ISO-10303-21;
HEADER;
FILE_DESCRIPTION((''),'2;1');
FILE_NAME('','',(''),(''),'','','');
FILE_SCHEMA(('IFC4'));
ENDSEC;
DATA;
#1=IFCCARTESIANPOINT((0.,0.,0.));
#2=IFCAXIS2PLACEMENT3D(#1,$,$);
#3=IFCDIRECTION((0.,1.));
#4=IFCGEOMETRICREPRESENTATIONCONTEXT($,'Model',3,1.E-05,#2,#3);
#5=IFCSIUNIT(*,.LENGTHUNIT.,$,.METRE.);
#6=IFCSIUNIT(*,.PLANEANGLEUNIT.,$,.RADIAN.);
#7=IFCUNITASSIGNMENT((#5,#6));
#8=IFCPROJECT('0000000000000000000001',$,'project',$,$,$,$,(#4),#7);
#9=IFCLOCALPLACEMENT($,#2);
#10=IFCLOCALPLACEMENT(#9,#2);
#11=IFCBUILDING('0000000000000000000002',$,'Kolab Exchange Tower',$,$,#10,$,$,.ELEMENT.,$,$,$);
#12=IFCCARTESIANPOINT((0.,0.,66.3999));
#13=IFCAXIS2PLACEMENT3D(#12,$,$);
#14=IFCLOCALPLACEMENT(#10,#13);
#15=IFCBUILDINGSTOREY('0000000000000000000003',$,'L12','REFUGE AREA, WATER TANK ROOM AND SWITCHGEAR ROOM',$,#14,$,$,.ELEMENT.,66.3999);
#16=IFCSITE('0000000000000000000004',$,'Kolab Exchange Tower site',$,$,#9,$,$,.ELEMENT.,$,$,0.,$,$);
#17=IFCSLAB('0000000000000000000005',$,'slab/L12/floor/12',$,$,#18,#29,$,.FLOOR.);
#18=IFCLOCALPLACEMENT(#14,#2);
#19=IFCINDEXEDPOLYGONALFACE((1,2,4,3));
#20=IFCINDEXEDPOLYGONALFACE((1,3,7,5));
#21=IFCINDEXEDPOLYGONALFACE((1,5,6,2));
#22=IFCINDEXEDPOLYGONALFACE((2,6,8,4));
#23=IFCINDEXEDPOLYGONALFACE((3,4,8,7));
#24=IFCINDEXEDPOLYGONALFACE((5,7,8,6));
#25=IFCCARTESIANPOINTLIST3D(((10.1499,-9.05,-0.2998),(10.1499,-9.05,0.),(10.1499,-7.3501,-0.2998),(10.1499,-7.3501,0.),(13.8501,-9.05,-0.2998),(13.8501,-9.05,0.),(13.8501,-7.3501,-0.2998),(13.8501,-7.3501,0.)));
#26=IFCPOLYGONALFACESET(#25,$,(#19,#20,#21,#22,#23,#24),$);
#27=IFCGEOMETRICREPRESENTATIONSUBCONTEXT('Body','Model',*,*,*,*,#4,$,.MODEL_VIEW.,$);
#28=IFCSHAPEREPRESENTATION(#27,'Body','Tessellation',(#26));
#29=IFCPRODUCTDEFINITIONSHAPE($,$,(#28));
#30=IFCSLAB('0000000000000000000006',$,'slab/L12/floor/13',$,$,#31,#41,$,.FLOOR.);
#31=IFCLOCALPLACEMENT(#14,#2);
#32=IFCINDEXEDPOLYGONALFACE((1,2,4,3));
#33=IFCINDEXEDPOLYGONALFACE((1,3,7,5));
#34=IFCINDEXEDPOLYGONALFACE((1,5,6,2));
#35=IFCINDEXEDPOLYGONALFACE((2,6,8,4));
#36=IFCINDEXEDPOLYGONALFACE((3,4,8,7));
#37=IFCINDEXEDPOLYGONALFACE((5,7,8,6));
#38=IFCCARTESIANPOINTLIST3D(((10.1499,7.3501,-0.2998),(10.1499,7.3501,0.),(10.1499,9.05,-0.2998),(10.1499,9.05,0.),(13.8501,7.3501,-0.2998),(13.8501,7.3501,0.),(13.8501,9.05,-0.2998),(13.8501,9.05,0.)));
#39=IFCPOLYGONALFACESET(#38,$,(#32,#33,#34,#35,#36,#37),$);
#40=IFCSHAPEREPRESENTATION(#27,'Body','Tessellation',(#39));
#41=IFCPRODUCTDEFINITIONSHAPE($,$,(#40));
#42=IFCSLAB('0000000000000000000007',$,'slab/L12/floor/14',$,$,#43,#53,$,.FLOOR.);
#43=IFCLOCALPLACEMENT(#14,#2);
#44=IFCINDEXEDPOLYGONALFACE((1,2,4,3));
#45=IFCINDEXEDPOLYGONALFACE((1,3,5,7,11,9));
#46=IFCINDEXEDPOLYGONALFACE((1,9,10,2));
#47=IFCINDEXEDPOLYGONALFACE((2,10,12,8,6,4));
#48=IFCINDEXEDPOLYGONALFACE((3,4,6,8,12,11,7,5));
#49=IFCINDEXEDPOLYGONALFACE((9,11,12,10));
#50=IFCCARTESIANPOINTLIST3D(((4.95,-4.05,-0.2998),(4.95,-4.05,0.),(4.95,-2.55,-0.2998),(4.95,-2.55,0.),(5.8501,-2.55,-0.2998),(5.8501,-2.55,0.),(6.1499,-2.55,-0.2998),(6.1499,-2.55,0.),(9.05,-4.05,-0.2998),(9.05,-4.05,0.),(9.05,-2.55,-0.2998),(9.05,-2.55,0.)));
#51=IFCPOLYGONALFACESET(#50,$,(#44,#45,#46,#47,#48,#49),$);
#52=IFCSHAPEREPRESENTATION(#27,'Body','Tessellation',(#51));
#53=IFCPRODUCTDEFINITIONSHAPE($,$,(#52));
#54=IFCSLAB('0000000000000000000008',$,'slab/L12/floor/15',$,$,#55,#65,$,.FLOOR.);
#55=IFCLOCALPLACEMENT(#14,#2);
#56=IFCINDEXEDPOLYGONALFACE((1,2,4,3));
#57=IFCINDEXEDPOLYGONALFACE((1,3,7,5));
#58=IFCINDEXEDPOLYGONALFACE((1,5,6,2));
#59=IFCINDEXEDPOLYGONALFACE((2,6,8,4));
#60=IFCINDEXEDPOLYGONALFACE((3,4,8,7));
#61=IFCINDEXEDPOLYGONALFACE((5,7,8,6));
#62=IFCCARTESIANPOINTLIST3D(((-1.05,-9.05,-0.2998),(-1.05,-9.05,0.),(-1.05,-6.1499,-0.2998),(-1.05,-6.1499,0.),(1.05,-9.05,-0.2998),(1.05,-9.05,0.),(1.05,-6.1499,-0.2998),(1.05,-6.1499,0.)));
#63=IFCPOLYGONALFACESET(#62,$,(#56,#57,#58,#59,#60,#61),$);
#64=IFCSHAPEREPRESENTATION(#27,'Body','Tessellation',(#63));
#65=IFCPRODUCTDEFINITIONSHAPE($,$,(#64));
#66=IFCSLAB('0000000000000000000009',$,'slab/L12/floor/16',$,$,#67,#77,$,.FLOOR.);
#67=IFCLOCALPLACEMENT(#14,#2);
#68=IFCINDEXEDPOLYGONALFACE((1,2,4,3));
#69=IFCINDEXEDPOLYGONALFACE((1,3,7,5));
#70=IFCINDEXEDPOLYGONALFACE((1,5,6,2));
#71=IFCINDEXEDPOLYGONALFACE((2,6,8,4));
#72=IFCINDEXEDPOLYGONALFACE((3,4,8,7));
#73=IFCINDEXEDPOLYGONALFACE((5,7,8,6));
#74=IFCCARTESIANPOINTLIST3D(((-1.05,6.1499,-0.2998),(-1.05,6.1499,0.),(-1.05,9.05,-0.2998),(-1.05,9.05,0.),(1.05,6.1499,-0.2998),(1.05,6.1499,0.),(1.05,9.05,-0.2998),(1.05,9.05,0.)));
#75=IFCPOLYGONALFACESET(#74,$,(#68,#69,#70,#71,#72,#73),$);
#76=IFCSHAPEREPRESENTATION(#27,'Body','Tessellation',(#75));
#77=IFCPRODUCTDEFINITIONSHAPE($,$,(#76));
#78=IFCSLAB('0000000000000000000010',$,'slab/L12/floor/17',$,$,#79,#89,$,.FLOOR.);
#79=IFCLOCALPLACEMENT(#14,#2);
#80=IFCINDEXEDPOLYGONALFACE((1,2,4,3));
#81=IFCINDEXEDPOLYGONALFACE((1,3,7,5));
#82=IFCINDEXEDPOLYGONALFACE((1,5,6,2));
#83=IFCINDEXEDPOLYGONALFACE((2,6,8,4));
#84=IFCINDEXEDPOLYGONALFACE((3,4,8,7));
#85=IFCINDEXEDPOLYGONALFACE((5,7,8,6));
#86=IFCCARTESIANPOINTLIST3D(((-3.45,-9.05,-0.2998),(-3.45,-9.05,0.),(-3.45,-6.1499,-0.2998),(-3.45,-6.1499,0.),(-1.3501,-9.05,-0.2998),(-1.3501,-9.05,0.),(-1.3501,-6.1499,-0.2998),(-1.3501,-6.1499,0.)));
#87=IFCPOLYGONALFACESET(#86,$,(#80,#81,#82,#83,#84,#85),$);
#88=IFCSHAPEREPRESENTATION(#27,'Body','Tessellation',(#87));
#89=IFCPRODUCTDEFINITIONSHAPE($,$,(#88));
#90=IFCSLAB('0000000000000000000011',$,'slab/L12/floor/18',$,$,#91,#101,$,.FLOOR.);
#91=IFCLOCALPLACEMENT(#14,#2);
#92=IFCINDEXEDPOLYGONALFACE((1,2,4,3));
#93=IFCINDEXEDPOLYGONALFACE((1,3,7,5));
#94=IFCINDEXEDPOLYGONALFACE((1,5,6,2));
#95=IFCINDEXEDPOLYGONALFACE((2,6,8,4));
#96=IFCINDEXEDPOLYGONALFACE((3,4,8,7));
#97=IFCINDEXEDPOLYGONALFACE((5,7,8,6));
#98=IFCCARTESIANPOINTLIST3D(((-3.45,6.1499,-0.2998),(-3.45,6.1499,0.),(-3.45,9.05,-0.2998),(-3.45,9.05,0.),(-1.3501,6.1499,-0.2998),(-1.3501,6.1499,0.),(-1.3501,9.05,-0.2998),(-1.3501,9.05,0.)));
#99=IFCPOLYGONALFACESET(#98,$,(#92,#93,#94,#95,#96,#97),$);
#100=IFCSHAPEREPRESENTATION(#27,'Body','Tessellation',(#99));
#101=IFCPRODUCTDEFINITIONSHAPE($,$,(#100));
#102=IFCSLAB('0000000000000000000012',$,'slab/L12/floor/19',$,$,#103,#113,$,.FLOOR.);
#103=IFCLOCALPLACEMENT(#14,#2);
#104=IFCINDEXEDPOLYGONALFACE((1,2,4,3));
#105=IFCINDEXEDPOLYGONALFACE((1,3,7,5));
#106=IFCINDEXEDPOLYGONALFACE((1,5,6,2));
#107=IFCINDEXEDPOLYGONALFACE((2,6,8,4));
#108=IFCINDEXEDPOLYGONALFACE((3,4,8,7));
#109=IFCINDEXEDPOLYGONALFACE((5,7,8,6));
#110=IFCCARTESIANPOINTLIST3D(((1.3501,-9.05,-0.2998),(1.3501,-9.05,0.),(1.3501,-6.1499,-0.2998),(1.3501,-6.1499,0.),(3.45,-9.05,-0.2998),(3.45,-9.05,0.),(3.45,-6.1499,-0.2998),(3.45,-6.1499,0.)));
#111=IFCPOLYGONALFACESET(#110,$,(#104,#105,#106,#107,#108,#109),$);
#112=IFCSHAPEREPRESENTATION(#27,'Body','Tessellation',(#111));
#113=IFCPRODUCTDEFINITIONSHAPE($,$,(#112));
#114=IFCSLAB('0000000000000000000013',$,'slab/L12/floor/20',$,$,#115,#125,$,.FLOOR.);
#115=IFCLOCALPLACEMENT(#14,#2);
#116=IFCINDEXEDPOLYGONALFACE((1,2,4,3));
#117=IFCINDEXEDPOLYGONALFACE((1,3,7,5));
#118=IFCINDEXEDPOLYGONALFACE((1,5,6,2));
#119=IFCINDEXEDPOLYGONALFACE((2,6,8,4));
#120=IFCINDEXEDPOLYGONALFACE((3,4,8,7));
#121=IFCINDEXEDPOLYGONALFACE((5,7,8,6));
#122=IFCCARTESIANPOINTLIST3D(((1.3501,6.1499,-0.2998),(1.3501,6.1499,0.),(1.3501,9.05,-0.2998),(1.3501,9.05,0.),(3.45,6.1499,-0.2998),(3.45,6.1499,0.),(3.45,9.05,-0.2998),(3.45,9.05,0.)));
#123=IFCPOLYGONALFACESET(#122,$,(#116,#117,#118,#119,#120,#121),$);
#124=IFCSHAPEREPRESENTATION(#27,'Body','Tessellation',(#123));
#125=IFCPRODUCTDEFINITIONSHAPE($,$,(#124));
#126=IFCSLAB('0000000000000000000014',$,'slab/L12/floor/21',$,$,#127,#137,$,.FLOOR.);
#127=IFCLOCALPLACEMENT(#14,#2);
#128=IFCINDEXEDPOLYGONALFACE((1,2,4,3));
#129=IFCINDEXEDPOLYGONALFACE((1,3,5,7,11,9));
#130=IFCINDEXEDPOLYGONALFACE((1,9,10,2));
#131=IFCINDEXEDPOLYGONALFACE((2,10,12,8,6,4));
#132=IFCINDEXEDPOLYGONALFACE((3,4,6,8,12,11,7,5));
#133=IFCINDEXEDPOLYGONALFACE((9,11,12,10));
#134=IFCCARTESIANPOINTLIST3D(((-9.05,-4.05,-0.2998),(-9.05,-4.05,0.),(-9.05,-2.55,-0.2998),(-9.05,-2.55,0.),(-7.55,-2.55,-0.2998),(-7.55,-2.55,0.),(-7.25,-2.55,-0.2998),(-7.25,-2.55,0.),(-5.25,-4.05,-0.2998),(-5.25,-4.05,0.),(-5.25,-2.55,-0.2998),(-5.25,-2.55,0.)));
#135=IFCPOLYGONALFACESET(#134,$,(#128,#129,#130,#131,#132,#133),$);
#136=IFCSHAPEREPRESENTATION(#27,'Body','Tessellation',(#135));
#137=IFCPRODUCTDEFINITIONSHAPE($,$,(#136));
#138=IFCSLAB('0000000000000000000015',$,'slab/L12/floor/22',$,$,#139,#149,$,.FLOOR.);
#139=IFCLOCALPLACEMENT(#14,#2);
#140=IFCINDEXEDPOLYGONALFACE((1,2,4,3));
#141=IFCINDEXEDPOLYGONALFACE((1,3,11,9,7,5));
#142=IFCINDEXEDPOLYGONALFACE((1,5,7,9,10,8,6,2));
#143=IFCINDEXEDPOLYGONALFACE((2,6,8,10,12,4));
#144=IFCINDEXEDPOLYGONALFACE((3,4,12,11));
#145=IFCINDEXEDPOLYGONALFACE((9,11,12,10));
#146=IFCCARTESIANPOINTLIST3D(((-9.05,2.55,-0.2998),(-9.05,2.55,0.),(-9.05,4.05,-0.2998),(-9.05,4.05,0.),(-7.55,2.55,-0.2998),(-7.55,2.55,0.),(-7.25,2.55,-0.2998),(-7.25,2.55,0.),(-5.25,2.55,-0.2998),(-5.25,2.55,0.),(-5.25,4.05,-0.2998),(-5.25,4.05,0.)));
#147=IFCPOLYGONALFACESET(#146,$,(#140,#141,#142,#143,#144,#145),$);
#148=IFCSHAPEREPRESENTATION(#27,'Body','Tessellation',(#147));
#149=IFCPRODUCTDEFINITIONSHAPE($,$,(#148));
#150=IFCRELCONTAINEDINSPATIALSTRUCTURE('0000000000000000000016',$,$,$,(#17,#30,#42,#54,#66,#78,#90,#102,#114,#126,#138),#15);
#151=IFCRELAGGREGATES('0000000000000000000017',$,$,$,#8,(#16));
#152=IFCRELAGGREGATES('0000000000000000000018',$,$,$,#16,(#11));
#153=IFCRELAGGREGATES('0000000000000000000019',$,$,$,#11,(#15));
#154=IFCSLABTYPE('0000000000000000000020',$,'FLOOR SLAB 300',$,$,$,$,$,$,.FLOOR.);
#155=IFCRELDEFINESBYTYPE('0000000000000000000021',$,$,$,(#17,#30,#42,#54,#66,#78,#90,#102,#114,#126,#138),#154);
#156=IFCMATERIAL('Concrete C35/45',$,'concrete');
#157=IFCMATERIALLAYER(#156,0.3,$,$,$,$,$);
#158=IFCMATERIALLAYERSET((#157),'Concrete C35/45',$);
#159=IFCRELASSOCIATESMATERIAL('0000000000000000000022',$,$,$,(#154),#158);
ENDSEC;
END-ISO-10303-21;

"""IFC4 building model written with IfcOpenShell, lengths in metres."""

from ifc_helpers import new_model, si_unit, direction, frame, origin, place, context, subcontext, project, spatial, polyline, outline, extrude, material, layer, layer_set, type_object, element, save


model = new_model("IFC4")

# Units and contexts
model_context = context("Model", 3, precision=1e-05, world=origin(), true_north=direction((0.0, 1.0)))
body_context = subcontext(model_context, "Body", "Model", "MODEL_VIEW")
ifc_project = project(units=[si_unit("LENGTHUNIT", "METRE"), si_unit("PLANEANGLEUNIT", "RADIAN")], contexts=[model_context])

# Site, building, storey
site_placement = place(None, origin())
site = spatial("IfcSite", under=ifc_project, at=site_placement, Name="Kolab Exchange Tower site", CompositionType="ELEMENT", RefElevation=0.0)
building_placement = place(site_placement, origin())
building = spatial("IfcBuilding", under=site, at=building_placement, Name="Kolab Exchange Tower", CompositionType="ELEMENT")
storey_placement = place(building_placement, frame((0.0, 0.0, 66.3999)))
storey = spatial("IfcBuildingStorey", under=building, at=storey_placement, Name="L12", Description="REFUGE AREA, WATER TANK ROOM AND SWITCHGEAR ROOM", CompositionType="ELEMENT", Elevation=66.3999)

# Slabs
ifc_material_1 = material(Name="Concrete C35/45", Category="concrete")
ifc_layer_1 = layer(ifc_material_1, 0.3)
ifc_layer_set_1 = layer_set([ifc_layer_1], Name="Concrete C35/45")
slab_type_1 = type_object("IfcSlabType", Name="FLOOR SLAB 300", PredefinedType="FLOOR", material=ifc_layer_set_1)
slab_1_placement = place(storey_placement, frame((0.0, 0.0, -0.2998)))
element("IfcSlab", 1, at=slab_1_placement, inside=storey, type_object=slab_type_1, Name="slab/L12/floor/12", PredefinedType="FLOOR", context=body_context, shape_type="SweptSolid", body=[
    extrude(outline(polyline([(10.1499, -7.3501), (10.1499, -9.05), (13.8501, -9.05), (13.8501, -7.3501), (10.1499, -7.3501)])), origin(), (0.0, 0.0, 1.0), 0.2998),
])
slab_2_placement = place(storey_placement, frame((0.0, 0.0, -0.2998)))
element("IfcSlab", 2, at=slab_2_placement, inside=storey, type_object=slab_type_1, Name="slab/L12/floor/13", PredefinedType="FLOOR", context=body_context, shape_type="SweptSolid", body=[
    extrude(outline(polyline([(10.1499, 7.3501), (13.8501, 7.3501), (13.8501, 9.05), (10.1499, 9.05), (10.1499, 7.3501)])), origin(), (0.0, 0.0, 1.0), 0.2998),
])
slab_3_placement = place(storey_placement, frame((0.0, 0.0, -0.2998)))
element("IfcSlab", 3, at=slab_3_placement, inside=storey, type_object=slab_type_1, Name="slab/L12/floor/14", PredefinedType="FLOOR", context=body_context, shape_type="SweptSolid", body=[
    extrude(outline(polyline([(9.05, -4.05), (9.05, -2.55), (6.1499, -2.55), (5.8501, -2.55), (4.95, -2.55), (4.95, -4.05), (9.05, -4.05)])), origin(), (0.0, 0.0, 1.0), 0.2998),
])
slab_4_placement = place(storey_placement, frame((0.0, 0.0, -0.2998)))
element("IfcSlab", 4, at=slab_4_placement, inside=storey, type_object=slab_type_1, Name="slab/L12/floor/15", PredefinedType="FLOOR", context=body_context, shape_type="SweptSolid", body=[
    extrude(outline(polyline([(1.05, -6.1499), (-1.05, -6.1499), (-1.05, -9.05), (1.05, -9.05), (1.05, -6.1499)])), origin(), (0.0, 0.0, 1.0), 0.2998),
])
slab_5_placement = place(storey_placement, frame((0.0, 0.0, -0.2998)))
element("IfcSlab", 5, at=slab_5_placement, inside=storey, type_object=slab_type_1, Name="slab/L12/floor/16", PredefinedType="FLOOR", context=body_context, shape_type="SweptSolid", body=[
    extrude(outline(polyline([(-1.05, 9.05), (-1.05, 6.1499), (1.05, 6.1499), (1.05, 9.05), (-1.05, 9.05)])), origin(), (0.0, 0.0, 1.0), 0.2998),
])
slab_6_placement = place(storey_placement, frame((0.0, 0.0, -0.2998)))
element("IfcSlab", 6, at=slab_6_placement, inside=storey, type_object=slab_type_1, Name="slab/L12/floor/17", PredefinedType="FLOOR", context=body_context, shape_type="SweptSolid", body=[
    extrude(outline(polyline([(-1.3501, -6.1499), (-3.45, -6.1499), (-3.45, -9.05), (-1.3501, -9.05), (-1.3501, -6.1499)])), origin(), (0.0, 0.0, 1.0), 0.2998),
])
slab_7_placement = place(storey_placement, frame((0.0, 0.0, -0.2998)))
element("IfcSlab", 7, at=slab_7_placement, inside=storey, type_object=slab_type_1, Name="slab/L12/floor/18", PredefinedType="FLOOR", context=body_context, shape_type="SweptSolid", body=[
    extrude(outline(polyline([(-1.3501, 6.1499), (-1.3501, 9.05), (-3.45, 9.05), (-3.45, 6.1499), (-1.3501, 6.1499)])), origin(), (0.0, 0.0, 1.0), 0.2998),
])
slab_8_placement = place(storey_placement, frame((0.0, 0.0, -0.2998)))
element("IfcSlab", 8, at=slab_8_placement, inside=storey, type_object=slab_type_1, Name="slab/L12/floor/19", PredefinedType="FLOOR", context=body_context, shape_type="SweptSolid", body=[
    extrude(outline(polyline([(1.3501, -6.1499), (1.3501, -9.05), (3.45, -9.05), (3.45, -6.1499), (1.3501, -6.1499)])), origin(), (0.0, 0.0, 1.0), 0.2998),
])
slab_9_placement = place(storey_placement, frame((0.0, 0.0, -0.2998)))
element("IfcSlab", 9, at=slab_9_placement, inside=storey, type_object=slab_type_1, Name="slab/L12/floor/20", PredefinedType="FLOOR", context=body_context, shape_type="SweptSolid", body=[
    extrude(outline(polyline([(1.3501, 6.1499), (3.45, 6.1499), (3.45, 9.05), (1.3501, 9.05), (1.3501, 6.1499)])), origin(), (0.0, 0.0, 1.0), 0.2998),
])
slab_10_placement = place(storey_placement, frame((0.0, 0.0, -0.2998)))
element("IfcSlab", 10, at=slab_10_placement, inside=storey, type_object=slab_type_1, Name="slab/L12/floor/21", PredefinedType="FLOOR", context=body_context, shape_type="SweptSolid", body=[
    extrude(outline(polyline([(-9.05, -4.05), (-5.25, -4.05), (-5.25, -2.55), (-7.25, -2.55), (-7.55, -2.55), (-9.05, -2.55), (-9.05, -4.05)])), origin(), (0.0, 0.0, 1.0), 0.2998),
])
slab_11_placement = place(storey_placement, frame((0.0, 0.0, -0.2998)))
element("IfcSlab", 11, at=slab_11_placement, inside=storey, type_object=slab_type_1, Name="slab/L12/floor/22", PredefinedType="FLOOR", context=body_context, shape_type="SweptSolid", body=[
    extrude(outline(polyline([(-5.25, 4.05), (-9.05, 4.05), (-9.05, 2.55), (-7.55, 2.55), (-7.25, 2.55), (-5.25, 2.55), (-5.25, 4.05)])), origin(), (0.0, 0.0, 1.0), 0.2998),
])

save(model, "model.ifc")
